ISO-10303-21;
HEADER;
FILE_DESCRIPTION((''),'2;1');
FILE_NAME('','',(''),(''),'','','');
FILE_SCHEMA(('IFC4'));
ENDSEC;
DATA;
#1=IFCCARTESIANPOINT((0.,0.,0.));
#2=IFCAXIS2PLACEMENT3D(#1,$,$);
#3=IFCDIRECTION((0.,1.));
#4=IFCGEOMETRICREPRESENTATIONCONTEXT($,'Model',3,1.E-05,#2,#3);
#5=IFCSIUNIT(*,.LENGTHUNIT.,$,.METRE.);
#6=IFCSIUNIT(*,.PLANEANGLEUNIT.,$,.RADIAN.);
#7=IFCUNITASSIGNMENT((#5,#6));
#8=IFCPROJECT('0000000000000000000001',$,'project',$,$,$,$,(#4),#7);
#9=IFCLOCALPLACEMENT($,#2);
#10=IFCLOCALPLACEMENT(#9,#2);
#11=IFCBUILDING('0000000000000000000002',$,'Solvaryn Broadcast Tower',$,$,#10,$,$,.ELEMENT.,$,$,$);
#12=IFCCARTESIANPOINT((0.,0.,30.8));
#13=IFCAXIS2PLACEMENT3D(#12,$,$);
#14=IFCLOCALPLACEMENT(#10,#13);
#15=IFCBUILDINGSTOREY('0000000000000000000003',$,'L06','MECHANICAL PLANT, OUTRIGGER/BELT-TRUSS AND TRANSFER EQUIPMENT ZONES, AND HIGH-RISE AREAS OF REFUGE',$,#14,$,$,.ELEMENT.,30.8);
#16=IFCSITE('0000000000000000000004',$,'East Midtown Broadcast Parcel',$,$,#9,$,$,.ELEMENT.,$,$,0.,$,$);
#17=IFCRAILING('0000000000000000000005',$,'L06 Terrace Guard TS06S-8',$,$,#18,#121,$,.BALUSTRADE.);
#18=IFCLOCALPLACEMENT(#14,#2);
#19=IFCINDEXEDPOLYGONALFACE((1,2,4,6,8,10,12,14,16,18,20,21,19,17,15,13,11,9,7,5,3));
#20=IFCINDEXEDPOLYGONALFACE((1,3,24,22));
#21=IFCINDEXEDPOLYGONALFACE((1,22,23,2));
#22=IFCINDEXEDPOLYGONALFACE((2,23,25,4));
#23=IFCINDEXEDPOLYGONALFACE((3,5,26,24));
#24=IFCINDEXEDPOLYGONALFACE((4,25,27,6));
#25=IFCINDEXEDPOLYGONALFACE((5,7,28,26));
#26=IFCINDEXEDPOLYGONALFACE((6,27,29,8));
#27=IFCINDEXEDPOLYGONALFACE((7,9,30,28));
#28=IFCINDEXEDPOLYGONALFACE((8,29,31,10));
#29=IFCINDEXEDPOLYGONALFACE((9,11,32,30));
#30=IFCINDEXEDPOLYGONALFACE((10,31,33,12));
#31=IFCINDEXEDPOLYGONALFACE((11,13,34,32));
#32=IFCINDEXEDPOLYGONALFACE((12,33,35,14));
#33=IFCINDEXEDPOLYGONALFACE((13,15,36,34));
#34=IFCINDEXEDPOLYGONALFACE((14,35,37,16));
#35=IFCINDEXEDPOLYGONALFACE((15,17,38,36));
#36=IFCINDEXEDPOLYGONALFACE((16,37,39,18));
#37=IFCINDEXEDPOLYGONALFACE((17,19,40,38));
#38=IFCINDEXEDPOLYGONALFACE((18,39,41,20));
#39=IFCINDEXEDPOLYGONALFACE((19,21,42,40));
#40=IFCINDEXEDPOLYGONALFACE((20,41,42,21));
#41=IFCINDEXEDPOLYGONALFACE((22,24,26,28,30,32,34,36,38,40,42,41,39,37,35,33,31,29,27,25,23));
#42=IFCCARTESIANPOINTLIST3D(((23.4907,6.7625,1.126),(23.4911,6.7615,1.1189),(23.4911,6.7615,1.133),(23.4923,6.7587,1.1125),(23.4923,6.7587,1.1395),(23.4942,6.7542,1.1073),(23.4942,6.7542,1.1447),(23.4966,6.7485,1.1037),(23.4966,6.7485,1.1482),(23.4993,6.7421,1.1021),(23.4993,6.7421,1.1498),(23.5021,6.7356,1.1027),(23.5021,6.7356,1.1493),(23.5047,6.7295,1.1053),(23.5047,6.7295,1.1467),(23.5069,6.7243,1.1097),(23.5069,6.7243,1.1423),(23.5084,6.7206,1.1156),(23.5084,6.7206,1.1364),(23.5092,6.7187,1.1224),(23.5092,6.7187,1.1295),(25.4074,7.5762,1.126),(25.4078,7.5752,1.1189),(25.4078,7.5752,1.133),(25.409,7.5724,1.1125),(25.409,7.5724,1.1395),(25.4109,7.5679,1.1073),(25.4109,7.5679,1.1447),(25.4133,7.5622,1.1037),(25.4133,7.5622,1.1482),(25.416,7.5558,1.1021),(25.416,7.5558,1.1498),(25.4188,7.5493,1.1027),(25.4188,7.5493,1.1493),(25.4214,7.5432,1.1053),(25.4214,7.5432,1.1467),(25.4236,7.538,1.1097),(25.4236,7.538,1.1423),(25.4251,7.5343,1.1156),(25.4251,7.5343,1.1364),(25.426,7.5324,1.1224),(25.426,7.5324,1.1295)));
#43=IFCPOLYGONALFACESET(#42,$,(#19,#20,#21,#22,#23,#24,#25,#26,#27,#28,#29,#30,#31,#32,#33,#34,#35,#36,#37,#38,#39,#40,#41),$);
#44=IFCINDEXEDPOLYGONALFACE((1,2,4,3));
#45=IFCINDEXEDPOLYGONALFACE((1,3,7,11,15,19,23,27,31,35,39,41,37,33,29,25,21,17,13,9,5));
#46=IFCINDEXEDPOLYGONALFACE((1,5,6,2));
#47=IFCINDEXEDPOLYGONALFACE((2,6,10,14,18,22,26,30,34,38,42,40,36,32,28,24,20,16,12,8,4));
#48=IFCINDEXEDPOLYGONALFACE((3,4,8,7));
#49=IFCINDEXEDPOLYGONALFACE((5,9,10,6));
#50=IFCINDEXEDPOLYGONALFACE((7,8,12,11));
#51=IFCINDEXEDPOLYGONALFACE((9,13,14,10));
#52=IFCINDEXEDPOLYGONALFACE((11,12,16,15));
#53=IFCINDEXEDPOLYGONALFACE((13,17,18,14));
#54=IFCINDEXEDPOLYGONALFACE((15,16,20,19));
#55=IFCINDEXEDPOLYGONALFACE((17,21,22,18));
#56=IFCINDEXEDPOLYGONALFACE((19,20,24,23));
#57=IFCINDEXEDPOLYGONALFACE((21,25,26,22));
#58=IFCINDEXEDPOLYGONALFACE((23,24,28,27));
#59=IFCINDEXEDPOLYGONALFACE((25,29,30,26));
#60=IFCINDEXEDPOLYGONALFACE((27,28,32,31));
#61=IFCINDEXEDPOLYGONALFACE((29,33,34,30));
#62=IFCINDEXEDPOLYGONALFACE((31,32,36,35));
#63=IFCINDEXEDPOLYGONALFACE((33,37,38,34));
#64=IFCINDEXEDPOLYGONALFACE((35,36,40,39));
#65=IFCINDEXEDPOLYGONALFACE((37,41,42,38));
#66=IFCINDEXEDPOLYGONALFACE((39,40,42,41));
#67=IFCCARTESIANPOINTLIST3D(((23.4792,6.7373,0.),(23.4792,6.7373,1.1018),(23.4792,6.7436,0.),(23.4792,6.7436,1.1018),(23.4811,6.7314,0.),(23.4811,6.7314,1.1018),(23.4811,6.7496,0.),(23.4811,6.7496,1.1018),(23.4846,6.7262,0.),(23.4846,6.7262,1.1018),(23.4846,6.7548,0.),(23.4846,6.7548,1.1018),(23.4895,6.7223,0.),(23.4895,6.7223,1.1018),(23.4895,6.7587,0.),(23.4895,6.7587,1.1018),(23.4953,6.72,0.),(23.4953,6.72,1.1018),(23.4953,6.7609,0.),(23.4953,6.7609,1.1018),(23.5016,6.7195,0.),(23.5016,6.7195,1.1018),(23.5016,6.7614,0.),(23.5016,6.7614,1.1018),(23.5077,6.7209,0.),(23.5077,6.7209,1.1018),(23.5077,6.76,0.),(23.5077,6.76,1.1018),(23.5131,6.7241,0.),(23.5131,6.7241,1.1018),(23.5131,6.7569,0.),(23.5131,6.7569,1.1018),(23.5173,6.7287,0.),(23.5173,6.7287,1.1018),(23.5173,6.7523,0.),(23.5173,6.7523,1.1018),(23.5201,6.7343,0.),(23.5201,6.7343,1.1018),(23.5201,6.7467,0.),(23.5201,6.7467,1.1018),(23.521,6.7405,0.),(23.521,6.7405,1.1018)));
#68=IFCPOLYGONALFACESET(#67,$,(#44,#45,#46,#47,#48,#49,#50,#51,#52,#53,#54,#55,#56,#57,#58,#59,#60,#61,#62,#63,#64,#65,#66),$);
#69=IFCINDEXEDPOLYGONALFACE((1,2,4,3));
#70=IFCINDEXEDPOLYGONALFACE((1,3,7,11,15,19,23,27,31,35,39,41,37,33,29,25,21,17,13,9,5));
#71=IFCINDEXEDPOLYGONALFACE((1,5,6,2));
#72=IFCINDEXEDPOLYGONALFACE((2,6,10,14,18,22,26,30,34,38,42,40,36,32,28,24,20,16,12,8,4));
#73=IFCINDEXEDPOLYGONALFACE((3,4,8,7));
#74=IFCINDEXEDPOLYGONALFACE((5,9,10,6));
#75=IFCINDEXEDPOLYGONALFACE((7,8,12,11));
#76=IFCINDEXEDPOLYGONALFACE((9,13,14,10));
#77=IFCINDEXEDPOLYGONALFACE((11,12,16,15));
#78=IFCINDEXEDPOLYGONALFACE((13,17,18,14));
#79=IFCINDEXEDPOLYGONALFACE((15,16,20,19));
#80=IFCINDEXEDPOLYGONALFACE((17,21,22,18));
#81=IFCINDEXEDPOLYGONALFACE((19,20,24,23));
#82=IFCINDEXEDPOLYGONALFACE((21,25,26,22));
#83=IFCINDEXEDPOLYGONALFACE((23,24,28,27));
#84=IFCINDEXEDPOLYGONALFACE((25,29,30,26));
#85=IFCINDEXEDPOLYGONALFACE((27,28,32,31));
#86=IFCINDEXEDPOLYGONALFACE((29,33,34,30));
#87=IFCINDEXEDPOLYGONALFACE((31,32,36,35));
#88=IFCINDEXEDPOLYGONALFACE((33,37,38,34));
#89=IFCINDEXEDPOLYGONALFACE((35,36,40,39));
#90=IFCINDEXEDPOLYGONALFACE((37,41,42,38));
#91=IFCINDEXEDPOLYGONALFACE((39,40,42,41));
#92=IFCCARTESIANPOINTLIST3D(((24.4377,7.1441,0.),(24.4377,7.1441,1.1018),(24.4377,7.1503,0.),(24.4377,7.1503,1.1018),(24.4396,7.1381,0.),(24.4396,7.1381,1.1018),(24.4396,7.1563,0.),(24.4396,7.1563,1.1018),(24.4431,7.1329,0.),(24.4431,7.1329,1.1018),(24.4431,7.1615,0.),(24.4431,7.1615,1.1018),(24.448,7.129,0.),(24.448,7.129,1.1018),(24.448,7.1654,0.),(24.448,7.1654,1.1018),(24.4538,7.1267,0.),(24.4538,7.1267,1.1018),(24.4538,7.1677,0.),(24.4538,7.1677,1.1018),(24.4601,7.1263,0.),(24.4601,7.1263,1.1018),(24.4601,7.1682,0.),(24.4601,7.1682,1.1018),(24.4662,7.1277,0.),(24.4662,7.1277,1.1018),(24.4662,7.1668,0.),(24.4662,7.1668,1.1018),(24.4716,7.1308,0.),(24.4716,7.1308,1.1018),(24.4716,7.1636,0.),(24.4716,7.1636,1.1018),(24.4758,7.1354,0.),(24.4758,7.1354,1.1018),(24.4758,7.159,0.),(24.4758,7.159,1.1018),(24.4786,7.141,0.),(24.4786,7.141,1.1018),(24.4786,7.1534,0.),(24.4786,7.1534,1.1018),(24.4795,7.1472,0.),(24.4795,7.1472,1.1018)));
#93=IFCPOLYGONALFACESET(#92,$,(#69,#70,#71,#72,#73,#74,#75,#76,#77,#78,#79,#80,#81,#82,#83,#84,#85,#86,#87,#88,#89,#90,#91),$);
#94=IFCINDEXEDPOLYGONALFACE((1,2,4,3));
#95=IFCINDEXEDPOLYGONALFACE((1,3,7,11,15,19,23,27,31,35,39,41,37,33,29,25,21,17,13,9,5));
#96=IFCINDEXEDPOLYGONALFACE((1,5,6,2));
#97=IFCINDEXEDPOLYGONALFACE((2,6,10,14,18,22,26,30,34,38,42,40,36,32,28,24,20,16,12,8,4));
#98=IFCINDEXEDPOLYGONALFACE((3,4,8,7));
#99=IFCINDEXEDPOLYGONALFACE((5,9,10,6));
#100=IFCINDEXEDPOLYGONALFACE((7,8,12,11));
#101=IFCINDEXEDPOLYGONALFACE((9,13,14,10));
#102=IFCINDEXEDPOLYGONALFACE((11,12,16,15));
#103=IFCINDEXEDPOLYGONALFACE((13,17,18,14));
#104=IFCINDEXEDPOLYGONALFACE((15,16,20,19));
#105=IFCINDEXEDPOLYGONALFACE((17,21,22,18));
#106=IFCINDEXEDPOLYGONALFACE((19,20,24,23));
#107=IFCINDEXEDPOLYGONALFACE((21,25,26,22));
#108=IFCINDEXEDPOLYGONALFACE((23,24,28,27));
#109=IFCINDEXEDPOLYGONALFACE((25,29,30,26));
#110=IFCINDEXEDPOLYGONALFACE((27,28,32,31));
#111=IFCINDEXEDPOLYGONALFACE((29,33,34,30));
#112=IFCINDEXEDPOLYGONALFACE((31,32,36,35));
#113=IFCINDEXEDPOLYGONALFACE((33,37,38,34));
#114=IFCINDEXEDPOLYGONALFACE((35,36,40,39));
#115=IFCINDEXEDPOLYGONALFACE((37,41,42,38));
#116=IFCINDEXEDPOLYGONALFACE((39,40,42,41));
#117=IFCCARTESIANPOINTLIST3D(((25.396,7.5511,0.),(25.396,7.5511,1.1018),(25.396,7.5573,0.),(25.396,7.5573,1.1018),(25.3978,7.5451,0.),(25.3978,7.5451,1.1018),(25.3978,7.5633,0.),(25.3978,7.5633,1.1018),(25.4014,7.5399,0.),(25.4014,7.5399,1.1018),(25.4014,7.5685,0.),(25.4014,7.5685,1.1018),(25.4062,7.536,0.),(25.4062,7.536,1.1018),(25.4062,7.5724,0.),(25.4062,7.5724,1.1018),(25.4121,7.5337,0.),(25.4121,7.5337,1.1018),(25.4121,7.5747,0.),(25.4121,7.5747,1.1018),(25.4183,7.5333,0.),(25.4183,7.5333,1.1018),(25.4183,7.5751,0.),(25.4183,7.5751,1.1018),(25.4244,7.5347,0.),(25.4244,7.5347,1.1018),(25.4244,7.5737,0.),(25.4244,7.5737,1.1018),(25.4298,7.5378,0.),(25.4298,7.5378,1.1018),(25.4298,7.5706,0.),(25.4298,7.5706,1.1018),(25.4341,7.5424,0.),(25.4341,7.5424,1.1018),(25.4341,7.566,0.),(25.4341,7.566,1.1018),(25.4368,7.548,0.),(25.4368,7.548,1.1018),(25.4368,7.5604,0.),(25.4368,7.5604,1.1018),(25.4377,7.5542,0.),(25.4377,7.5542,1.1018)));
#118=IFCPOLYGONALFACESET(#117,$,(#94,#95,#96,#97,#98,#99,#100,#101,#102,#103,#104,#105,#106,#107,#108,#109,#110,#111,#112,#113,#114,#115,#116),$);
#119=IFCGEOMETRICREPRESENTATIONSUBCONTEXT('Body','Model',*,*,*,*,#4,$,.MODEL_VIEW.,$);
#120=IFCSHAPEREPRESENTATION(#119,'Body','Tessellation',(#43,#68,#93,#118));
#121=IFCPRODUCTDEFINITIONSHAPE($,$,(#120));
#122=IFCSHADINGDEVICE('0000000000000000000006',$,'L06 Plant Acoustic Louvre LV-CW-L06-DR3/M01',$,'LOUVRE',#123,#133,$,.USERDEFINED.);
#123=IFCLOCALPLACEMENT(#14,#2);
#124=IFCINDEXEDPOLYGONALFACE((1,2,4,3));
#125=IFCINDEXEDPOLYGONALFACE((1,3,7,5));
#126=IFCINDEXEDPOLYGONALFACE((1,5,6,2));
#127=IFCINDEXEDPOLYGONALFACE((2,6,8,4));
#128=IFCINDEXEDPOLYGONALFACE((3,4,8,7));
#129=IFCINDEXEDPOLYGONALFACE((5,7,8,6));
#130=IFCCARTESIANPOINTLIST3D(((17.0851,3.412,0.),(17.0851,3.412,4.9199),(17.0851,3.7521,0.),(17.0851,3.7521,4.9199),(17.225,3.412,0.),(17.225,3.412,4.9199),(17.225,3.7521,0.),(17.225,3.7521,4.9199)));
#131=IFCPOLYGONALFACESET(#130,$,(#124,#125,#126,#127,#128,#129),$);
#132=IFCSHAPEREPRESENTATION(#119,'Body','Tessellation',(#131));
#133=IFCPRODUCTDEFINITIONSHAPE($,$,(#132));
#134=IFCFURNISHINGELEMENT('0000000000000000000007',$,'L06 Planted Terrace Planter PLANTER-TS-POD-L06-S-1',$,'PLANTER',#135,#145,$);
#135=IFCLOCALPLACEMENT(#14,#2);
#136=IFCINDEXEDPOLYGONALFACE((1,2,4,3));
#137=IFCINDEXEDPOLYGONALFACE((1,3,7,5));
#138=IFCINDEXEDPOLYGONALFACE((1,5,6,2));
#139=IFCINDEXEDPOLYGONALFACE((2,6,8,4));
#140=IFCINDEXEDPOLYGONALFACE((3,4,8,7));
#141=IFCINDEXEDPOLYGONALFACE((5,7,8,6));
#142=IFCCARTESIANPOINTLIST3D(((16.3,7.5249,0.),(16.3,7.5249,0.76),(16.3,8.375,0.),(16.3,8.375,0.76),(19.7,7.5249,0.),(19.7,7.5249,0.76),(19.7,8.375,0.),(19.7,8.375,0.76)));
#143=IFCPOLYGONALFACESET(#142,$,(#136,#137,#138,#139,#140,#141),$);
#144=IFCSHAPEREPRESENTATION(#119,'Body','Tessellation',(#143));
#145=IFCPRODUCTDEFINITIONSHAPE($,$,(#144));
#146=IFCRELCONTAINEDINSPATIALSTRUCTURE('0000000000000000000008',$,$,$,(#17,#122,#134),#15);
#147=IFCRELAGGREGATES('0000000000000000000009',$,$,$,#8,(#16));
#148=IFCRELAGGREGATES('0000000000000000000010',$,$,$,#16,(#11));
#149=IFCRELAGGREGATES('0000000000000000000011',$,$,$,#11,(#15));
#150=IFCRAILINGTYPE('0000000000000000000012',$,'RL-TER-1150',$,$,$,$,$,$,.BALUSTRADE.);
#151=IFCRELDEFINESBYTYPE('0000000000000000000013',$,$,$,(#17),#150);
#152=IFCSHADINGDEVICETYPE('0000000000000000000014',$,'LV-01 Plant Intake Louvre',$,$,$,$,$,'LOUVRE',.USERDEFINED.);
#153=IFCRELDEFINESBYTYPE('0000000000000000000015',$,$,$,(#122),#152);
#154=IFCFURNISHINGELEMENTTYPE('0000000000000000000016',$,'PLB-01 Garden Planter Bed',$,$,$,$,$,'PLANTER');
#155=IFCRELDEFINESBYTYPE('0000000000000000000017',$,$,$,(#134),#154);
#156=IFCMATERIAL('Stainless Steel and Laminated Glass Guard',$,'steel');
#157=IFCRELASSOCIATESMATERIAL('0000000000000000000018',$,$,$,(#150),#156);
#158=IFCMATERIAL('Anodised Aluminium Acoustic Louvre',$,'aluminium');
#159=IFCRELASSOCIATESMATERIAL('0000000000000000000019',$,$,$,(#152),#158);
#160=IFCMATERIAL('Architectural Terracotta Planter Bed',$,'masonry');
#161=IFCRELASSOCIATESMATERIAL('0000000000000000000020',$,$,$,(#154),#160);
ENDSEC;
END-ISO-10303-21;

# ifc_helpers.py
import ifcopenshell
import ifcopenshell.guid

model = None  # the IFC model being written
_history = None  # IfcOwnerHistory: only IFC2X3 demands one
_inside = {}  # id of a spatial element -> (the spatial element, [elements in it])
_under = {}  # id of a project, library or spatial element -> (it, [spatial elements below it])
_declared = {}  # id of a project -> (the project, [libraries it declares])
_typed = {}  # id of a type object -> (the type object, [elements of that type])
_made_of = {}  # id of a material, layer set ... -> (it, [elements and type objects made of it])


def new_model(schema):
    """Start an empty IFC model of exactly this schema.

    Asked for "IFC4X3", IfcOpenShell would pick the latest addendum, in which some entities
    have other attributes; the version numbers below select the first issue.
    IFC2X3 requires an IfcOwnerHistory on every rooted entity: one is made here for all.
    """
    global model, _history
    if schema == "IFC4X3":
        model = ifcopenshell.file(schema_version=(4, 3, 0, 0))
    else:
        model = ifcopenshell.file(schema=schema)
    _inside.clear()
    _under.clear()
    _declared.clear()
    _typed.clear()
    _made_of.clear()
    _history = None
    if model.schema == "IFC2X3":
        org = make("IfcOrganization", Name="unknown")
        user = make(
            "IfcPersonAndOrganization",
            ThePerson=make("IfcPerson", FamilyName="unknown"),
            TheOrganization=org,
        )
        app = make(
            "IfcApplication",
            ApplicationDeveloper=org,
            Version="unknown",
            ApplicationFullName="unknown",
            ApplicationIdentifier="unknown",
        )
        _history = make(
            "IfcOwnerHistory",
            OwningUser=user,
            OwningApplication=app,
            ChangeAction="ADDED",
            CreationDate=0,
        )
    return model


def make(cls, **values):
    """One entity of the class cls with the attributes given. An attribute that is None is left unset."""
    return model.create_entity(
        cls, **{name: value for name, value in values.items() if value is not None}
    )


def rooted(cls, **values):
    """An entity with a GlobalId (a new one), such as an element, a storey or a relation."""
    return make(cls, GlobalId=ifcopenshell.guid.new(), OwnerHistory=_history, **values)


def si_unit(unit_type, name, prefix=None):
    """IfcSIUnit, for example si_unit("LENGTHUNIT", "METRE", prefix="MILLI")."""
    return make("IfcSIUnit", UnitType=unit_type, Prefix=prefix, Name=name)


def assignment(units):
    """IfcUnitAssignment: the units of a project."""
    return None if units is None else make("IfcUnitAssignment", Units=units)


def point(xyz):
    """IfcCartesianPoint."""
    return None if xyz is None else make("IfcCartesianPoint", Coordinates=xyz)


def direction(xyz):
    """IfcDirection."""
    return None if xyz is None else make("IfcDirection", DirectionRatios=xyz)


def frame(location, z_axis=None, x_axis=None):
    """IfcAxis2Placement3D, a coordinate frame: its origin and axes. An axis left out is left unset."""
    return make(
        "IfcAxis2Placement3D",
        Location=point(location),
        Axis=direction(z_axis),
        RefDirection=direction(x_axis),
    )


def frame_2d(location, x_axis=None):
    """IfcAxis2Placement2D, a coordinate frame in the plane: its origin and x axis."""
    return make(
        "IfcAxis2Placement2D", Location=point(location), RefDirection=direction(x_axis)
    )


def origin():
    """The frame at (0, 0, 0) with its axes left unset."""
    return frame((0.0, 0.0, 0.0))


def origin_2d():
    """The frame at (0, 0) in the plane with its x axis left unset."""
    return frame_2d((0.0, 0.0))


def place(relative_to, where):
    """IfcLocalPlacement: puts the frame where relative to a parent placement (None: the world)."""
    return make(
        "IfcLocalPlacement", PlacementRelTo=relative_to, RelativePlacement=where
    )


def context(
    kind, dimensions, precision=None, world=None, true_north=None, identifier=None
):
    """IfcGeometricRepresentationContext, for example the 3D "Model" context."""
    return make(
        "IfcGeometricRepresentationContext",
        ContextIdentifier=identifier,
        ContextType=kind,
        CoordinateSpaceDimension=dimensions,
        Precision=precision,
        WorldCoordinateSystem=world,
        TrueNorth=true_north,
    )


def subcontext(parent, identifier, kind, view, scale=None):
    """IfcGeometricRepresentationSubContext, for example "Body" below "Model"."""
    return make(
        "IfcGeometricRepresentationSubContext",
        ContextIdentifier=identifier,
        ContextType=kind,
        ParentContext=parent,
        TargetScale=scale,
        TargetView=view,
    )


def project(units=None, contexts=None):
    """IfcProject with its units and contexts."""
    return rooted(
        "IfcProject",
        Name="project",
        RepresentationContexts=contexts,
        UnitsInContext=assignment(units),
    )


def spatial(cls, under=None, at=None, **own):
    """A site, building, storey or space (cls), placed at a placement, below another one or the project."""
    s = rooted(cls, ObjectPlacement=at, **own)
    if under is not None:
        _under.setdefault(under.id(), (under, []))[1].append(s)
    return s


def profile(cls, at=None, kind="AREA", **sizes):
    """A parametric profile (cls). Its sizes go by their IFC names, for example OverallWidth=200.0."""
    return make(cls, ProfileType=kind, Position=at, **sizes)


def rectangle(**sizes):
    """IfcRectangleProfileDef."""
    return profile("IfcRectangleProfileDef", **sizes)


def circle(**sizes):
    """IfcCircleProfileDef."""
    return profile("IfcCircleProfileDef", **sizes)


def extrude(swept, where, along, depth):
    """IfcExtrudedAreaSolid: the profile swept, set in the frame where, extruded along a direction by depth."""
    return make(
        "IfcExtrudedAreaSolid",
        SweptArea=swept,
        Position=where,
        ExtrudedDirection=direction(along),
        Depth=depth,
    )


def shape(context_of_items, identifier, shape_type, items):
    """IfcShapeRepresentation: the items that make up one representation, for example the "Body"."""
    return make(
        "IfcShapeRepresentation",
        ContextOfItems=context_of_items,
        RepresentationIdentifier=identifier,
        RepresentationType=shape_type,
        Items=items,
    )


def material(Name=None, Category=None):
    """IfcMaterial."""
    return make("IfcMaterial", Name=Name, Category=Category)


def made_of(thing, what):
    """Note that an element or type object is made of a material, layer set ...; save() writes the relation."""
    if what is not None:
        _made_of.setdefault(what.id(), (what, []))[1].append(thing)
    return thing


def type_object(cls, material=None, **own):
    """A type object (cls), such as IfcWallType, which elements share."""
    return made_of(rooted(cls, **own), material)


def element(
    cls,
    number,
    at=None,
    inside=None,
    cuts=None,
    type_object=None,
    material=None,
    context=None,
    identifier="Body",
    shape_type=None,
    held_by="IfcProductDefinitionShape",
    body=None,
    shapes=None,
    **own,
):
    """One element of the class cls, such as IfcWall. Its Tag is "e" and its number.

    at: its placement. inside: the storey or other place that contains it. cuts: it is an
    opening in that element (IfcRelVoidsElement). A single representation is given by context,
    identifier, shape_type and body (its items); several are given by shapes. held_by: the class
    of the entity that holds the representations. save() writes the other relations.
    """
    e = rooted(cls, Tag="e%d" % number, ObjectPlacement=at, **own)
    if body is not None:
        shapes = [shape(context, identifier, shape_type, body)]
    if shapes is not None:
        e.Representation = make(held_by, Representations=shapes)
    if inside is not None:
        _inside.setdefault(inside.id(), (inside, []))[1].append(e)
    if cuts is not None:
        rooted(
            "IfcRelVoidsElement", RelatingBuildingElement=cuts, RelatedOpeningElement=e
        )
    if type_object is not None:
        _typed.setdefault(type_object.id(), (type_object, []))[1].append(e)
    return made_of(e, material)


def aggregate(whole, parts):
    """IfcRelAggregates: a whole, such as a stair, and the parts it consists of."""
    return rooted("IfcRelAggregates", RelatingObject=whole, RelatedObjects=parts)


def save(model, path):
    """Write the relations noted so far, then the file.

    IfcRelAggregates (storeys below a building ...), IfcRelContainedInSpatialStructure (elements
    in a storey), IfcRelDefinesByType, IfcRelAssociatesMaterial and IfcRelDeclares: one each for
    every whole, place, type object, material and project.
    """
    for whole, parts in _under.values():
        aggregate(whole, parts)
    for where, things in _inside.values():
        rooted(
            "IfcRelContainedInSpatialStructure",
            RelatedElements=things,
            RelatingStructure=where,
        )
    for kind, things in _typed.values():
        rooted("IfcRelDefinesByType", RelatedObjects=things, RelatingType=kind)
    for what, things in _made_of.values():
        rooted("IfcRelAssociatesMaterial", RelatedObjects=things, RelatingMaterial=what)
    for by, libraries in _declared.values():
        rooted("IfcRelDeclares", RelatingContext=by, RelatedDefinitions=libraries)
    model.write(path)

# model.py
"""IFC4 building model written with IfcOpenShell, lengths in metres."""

from ifc_helpers import new_model, si_unit, direction, frame, origin, origin_2d, place, context, subcontext, project, spatial, rectangle, circle, extrude, material, type_object, element, save


model = new_model("IFC4")

# Units and contexts
model_context = context("Model", 3, precision=1e-05, world=origin(), true_north=direction((0.0, 1.0)))
body_context = subcontext(model_context, "Body", "Model", "MODEL_VIEW")
ifc_project = project(units=[si_unit("LENGTHUNIT", "METRE"), si_unit("PLANEANGLEUNIT", "RADIAN")], contexts=[model_context])

# Site, building, storey
site_placement = place(None, origin())
site = spatial("IfcSite", under=ifc_project, at=site_placement, Name="East Midtown Broadcast Parcel", CompositionType="ELEMENT", RefElevation=0.0)
building_placement = place(site_placement, origin())
building = spatial("IfcBuilding", under=site, at=building_placement, Name="Solvaryn Broadcast Tower", CompositionType="ELEMENT")
storey_placement = place(building_placement, frame((0.0, 0.0, 30.8)))
storey = spatial("IfcBuildingStorey", under=building, at=storey_placement, Name="L06", Description="MECHANICAL PLANT, OUTRIGGER/BELT-TRUSS AND TRANSFER EQUIPMENT ZONES, AND HIGH-RISE AREAS OF REFUGE", CompositionType="ELEMENT", Elevation=30.8)

# Railing
ifc_material_1 = material(Name="Stainless Steel and Laminated Glass Guard", Category="steel")
railing_type = type_object("IfcRailingType", Name="RL-TER-1150", PredefinedType="BALUSTRADE", material=ifc_material_1)
railing_1_placement = place(storey_placement, frame((23.5, 6.7405, 0.0)))
element("IfcRailing", 1, at=railing_1_placement, inside=storey, type_object=railing_type, Name="L06 Terrace Guard TS06S-8", PredefinedType="BALUSTRADE", context=body_context, shape_type="SweptSolid", body=[
    extrude(circle(Radius=0.0239, at=origin_2d()), frame((0.0, 0.0, 1.126), z_axis=(0.920486, 0.390776, 0.0), x_axis=(-0.390776, 0.920486, 0.0)), (0.0, 0.0, 1.0), 2.0823),
    extrude(circle(Radius=0.021, at=origin_2d()), origin(), (0.0, 0.0, 1.0), 1.1018),
    extrude(circle(Radius=0.021, at=origin_2d()), frame((0.9585, 0.4067, 0.0)), (0.0, 0.0, 1.0), 1.1018),
    extrude(circle(Radius=0.021, at=origin_2d()), frame((1.9167, 0.8137, 0.0)), (0.0, 0.0, 1.0), 1.1018),
])

# Shading device
ifc_material_2 = material(Name="Anodised Aluminium Acoustic Louvre", Category="aluminium")
shading_device_type = type_object("IfcShadingDeviceType", Name="LV-01 Plant Intake Louvre", ElementType="LOUVRE", PredefinedType="USERDEFINED", material=ifc_material_2)
shading_device_placement = place(storey_placement, frame((17.155, 3.582, 0.0), z_axis=(0.0, 0.0, 1.0), x_axis=(1.0, 0.0, 0.0)))
element("IfcShadingDevice", 2, at=shading_device_placement, inside=storey, type_object=shading_device_type, Name="L06 Plant Acoustic Louvre LV-CW-L06-DR3/M01", ObjectType="LOUVRE", PredefinedType="USERDEFINED", context=body_context, shape_type="SweptSolid", body=[
    extrude(rectangle(XDim=0.1399, YDim=0.3401, at=origin_2d()), origin(), (0.0, 0.0, 1.0), 4.9199),
])

# Furnishing element
ifc_material_3 = material(Name="Architectural Terracotta Planter Bed", Category="masonry")
furnishing_element_type = type_object("IfcFurnishingElementType", Name="PLB-01 Garden Planter Bed", ElementType="PLANTER", material=ifc_material_3)
furnishing_placement = place(storey_placement, frame((18.0, 7.95, 0.0), z_axis=(0.0, 0.0, 1.0), x_axis=(1.0, 0.0, 0.0)))
element("IfcFurnishingElement", 3, at=furnishing_placement, inside=storey, type_object=furnishing_element_type, Name="L06 Planted Terrace Planter PLANTER-TS-POD-L06-S-1", ObjectType="PLANTER", context=body_context, shape_type="SweptSolid", body=[
    extrude(rectangle(XDim=3.3999, YDim=0.8501, at=origin_2d()), origin(), (0.0, 0.0, 1.0), 0.76),
])

save(model, "model.ifc")
